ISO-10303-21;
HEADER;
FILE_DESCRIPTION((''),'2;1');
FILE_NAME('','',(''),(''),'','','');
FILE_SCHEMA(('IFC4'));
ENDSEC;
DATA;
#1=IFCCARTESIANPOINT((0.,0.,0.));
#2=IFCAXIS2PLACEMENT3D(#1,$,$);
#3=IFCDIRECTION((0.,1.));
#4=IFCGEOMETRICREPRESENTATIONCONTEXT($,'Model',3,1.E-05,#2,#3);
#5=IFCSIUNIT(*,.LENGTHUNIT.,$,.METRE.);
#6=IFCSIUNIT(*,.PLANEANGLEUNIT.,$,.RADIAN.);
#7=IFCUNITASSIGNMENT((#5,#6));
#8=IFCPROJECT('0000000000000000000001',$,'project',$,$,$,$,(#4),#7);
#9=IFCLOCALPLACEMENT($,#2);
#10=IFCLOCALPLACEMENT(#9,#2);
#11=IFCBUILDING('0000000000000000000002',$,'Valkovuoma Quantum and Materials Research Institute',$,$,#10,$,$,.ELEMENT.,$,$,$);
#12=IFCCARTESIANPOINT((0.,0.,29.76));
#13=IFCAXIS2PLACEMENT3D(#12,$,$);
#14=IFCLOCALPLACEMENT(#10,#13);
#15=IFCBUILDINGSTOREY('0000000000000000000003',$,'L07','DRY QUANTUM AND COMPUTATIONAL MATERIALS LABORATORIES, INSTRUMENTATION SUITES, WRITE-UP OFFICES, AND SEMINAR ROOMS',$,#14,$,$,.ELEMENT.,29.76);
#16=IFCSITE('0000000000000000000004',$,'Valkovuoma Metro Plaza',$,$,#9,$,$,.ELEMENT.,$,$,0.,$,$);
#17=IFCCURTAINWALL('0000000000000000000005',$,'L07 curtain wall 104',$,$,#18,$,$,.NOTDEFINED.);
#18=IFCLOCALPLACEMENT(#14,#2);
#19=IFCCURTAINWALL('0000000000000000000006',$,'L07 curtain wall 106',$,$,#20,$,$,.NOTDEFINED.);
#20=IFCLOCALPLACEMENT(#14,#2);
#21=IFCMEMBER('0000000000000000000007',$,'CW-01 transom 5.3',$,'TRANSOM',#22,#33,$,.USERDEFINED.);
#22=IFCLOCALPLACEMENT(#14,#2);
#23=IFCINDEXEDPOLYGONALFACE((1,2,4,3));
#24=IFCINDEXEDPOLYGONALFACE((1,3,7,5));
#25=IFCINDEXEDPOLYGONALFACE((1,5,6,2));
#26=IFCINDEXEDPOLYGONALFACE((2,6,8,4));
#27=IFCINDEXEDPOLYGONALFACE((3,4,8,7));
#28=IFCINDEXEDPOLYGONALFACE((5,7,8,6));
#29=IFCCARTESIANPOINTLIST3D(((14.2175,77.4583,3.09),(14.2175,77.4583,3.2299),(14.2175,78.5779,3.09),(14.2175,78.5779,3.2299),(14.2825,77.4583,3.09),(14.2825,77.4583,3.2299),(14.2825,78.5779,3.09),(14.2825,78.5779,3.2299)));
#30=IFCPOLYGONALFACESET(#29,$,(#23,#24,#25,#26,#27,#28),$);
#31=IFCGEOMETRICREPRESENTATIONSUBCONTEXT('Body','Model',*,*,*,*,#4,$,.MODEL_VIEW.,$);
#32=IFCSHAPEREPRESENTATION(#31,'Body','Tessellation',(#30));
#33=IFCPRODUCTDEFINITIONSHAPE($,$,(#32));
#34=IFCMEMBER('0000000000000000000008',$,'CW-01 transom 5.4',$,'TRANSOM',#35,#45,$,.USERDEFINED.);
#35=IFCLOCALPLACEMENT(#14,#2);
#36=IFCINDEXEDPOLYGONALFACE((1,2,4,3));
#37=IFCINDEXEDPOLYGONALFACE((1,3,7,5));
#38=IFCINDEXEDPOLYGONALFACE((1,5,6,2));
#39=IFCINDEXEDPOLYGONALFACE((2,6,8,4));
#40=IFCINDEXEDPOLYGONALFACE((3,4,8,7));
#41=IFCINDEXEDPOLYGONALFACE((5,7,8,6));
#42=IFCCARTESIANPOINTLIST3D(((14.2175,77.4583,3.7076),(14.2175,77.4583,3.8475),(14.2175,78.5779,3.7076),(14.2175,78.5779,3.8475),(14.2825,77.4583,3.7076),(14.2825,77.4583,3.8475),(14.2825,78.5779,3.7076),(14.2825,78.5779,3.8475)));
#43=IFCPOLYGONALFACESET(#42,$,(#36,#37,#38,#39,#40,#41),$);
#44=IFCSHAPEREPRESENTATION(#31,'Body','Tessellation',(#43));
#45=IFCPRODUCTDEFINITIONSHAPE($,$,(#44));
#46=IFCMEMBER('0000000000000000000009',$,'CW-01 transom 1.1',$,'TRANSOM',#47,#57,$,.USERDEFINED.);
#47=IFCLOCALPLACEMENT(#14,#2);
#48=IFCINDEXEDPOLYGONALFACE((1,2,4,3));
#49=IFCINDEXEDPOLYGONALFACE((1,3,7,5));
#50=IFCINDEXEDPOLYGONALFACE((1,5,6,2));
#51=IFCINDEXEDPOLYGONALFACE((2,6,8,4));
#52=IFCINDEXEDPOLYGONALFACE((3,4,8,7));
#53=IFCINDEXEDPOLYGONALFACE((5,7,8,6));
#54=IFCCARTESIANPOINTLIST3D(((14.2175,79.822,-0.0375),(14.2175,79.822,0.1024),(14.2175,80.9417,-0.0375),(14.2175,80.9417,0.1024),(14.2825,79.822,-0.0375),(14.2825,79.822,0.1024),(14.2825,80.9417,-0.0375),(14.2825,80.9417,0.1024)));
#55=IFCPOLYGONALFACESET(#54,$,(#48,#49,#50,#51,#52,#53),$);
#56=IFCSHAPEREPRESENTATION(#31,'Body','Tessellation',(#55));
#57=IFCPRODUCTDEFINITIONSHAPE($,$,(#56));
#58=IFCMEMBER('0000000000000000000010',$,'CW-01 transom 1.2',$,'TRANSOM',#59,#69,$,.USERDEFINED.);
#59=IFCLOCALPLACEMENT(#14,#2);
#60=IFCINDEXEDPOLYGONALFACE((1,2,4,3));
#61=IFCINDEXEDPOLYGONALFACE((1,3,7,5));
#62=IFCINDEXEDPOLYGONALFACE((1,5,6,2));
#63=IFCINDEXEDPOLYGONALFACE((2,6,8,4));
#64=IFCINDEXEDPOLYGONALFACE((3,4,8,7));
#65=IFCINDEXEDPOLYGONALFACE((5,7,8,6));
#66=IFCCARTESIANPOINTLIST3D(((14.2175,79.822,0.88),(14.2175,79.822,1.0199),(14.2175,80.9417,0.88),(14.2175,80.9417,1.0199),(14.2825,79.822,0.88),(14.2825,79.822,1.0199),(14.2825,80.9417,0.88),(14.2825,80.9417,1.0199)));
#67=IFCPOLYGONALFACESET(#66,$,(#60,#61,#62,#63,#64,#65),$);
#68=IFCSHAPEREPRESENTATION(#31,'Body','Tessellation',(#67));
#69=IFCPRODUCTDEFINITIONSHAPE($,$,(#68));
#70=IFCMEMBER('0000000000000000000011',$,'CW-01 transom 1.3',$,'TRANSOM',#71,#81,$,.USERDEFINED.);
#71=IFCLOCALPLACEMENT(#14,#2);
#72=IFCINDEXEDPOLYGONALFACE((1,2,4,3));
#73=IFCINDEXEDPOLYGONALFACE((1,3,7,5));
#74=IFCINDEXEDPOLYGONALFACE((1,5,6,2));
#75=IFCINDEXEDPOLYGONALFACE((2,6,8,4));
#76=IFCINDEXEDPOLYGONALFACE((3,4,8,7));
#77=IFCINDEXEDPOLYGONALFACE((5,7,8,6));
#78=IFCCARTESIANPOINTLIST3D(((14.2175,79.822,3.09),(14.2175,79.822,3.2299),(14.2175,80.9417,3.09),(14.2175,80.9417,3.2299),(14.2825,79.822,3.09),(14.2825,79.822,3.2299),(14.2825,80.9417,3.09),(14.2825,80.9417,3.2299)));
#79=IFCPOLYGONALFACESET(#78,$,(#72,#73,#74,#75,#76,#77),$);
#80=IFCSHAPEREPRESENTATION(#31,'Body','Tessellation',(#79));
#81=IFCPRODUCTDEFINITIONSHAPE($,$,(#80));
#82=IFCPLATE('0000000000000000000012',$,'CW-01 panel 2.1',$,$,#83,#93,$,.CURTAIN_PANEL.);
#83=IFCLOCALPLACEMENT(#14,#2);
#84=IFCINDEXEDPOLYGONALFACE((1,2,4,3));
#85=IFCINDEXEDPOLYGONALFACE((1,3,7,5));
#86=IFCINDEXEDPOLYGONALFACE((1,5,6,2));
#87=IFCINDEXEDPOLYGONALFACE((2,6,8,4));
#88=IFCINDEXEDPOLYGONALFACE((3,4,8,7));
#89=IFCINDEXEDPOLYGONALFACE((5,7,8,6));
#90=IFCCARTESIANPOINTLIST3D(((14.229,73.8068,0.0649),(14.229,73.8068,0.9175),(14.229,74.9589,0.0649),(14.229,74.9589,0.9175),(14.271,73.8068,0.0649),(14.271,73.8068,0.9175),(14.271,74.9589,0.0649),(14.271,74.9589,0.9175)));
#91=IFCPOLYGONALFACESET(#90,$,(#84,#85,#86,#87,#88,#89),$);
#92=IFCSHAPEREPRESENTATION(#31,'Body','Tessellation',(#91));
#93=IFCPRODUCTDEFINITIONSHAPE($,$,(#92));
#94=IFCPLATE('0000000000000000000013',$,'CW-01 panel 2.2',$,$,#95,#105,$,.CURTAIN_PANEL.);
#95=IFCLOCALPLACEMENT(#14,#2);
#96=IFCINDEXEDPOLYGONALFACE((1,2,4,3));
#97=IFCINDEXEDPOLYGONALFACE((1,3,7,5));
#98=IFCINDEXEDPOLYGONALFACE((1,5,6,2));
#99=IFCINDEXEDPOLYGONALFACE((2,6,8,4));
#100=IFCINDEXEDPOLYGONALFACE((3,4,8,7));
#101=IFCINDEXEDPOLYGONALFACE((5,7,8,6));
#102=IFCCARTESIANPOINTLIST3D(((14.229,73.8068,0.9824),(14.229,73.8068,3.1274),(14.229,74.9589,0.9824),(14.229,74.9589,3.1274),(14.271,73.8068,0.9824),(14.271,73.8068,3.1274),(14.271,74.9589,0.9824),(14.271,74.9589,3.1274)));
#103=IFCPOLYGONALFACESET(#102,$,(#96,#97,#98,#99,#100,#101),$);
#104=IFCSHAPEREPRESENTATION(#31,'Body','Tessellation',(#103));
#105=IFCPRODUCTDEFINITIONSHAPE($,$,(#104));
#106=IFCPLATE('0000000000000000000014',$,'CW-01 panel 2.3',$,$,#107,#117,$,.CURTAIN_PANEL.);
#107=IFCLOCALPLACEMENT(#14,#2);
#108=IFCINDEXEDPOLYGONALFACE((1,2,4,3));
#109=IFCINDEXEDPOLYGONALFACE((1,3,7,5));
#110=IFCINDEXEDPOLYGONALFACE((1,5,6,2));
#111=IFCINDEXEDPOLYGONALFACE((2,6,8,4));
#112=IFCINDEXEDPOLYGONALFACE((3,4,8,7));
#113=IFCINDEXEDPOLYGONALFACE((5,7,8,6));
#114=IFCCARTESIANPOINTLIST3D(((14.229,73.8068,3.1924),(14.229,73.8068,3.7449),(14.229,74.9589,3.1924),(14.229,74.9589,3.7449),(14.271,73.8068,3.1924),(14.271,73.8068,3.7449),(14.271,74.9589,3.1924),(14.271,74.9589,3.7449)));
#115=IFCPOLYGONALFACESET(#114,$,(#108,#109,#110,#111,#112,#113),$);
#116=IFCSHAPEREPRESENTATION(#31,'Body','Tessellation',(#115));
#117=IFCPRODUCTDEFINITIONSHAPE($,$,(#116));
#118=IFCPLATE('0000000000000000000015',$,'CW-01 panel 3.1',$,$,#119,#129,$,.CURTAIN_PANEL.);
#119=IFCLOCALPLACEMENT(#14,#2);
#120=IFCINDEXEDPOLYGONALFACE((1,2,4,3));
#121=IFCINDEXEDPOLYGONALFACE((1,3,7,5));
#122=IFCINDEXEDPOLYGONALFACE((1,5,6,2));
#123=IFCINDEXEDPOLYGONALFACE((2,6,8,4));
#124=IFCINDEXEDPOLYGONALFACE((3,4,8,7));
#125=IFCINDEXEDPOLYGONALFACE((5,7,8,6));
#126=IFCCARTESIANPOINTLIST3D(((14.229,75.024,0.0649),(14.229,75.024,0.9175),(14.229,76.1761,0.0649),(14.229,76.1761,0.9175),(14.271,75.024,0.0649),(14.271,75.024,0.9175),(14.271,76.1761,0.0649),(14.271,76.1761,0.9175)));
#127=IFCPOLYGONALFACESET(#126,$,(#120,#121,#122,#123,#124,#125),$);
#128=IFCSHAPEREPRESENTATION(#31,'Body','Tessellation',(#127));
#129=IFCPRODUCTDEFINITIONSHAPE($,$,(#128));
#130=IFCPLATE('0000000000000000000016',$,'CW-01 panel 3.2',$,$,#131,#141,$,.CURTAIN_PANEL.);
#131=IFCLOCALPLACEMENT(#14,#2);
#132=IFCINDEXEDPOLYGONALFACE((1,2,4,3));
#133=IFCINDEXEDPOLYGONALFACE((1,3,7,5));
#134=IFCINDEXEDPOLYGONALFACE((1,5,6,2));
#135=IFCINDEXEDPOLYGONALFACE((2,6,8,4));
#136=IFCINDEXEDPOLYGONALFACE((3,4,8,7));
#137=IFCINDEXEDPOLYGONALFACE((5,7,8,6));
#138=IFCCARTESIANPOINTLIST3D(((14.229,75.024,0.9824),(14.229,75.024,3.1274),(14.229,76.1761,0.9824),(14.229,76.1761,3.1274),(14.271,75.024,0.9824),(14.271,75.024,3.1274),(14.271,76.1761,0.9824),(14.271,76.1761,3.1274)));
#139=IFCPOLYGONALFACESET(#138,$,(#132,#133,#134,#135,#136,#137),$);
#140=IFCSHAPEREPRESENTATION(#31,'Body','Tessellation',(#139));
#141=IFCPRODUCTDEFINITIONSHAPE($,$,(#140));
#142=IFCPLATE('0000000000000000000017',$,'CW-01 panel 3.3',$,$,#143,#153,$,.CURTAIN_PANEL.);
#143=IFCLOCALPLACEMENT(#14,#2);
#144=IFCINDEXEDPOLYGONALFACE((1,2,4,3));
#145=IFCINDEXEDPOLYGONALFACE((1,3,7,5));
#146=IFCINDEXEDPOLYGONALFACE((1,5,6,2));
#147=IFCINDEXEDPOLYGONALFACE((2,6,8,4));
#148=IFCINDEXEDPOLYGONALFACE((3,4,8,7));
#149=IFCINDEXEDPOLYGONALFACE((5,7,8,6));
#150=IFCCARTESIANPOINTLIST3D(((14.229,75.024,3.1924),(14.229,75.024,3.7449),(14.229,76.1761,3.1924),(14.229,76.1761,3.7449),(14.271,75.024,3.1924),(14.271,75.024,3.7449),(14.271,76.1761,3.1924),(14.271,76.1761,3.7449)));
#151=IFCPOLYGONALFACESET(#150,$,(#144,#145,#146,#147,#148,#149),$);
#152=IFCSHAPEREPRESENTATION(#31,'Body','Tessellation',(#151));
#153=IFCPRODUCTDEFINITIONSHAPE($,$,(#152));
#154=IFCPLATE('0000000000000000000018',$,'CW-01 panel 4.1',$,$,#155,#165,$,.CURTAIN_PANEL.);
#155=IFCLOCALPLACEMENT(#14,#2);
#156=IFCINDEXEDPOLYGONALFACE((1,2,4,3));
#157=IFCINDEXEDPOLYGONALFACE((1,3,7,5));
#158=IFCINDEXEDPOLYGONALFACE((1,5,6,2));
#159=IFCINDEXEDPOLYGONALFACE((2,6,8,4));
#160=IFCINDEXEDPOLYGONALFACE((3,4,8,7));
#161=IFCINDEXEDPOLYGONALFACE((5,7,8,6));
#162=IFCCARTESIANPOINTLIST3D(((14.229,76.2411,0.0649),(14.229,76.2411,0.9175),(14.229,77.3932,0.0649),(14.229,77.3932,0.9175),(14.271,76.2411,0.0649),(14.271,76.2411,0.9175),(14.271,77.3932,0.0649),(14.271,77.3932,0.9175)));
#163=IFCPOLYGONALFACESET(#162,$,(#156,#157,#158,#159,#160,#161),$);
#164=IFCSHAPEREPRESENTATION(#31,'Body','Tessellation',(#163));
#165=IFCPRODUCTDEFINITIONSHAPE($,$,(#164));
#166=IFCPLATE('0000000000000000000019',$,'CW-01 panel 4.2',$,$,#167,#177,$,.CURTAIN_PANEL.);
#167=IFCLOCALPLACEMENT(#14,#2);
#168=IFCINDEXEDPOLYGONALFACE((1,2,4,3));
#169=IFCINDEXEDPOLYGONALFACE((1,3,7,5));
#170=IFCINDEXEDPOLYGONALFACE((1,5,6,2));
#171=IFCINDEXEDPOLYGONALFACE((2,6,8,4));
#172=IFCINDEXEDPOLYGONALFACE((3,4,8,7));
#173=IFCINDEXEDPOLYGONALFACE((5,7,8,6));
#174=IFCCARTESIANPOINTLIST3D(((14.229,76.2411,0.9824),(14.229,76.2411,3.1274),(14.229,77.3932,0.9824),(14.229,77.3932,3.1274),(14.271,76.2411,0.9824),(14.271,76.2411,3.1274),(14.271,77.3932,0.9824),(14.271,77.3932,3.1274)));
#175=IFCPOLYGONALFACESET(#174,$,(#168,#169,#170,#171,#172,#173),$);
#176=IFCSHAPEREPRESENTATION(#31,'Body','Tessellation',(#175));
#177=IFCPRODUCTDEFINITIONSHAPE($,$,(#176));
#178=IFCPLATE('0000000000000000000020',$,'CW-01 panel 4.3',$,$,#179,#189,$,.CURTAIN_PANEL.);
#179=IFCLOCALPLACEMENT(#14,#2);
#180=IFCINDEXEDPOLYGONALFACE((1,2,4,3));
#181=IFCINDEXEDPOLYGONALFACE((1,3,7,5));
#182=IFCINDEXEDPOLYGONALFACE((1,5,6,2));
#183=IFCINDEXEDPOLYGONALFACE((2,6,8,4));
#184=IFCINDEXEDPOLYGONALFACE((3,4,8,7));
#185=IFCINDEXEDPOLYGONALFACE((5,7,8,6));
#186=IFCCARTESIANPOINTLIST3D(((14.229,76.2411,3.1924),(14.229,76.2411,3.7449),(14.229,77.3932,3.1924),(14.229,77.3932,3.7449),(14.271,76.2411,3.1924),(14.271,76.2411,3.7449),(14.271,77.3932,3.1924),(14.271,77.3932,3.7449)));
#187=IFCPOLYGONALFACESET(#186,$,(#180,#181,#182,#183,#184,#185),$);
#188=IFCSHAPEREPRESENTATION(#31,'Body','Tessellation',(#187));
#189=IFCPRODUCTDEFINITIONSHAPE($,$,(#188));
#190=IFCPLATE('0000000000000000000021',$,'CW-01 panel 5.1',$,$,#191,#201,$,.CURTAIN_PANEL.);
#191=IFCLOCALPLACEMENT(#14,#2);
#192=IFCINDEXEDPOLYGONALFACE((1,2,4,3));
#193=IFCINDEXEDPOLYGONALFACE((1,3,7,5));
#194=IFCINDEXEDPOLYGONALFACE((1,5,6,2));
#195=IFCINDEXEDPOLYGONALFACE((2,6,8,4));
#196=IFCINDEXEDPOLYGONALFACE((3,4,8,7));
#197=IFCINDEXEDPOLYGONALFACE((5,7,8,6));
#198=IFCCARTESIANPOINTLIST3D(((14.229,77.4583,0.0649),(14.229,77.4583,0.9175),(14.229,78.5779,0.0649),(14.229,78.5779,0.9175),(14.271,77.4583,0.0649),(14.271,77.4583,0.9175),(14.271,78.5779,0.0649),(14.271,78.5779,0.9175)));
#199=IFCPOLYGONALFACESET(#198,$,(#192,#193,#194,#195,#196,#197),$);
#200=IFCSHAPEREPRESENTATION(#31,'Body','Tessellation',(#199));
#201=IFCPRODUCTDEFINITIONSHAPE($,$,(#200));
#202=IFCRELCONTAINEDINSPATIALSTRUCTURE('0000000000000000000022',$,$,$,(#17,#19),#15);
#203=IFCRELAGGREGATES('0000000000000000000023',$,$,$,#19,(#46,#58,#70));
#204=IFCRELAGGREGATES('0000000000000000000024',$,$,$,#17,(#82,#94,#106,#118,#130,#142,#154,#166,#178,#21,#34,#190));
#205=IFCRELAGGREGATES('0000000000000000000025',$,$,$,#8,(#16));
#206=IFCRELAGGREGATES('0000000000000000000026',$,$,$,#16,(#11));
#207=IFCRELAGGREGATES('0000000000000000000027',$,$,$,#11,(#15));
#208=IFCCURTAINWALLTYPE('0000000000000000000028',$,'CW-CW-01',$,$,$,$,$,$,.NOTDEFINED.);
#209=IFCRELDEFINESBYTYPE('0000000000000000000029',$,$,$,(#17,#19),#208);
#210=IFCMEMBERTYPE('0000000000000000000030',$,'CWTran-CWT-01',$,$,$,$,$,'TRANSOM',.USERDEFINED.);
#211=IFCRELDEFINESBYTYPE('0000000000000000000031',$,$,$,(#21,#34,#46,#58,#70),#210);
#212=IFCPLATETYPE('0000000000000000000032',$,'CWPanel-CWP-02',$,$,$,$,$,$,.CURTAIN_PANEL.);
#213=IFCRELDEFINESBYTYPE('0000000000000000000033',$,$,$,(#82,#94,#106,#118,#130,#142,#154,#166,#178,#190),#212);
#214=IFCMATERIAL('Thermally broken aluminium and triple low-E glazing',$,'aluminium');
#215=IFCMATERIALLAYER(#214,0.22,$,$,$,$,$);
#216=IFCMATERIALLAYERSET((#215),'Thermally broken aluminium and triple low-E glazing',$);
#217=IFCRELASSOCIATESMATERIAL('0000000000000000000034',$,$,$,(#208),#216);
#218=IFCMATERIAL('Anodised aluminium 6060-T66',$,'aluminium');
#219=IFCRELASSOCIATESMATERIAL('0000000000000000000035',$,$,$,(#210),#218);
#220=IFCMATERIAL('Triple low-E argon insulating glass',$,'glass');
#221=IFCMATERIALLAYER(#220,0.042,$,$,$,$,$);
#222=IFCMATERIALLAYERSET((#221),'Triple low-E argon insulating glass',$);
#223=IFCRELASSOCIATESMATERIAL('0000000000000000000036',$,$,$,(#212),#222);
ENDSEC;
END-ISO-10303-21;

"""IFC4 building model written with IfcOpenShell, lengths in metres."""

from ifc_helpers import new_model, si_unit, direction, frame, origin, origin_2d, place, context, subcontext, project, spatial, rectangle, extrude, material, layer, layer_set, material_profile, profile_set, type_object, element, aggregate, save


model = new_model("IFC4")

# Units and contexts
model_context = context("Model", 3, precision=1e-05, world=origin(), true_north=direction((0.0, 1.0)))
body_context = subcontext(model_context, "Body", "Model", "MODEL_VIEW")
ifc_project = project(units=[si_unit("LENGTHUNIT", "METRE"), si_unit("PLANEANGLEUNIT", "RADIAN")], contexts=[model_context])

# Site, building, storey
site_placement = place(None, origin())
site = spatial("IfcSite", under=ifc_project, at=site_placement, Name="Valkovuoma Metro Plaza", CompositionType="ELEMENT", RefElevation=0.0)
building_placement = place(site_placement, origin())
building = spatial("IfcBuilding", under=site, at=building_placement, Name="Valkovuoma Quantum and Materials Research Institute", CompositionType="ELEMENT")
storey_placement = place(building_placement, frame((0.0, 0.0, 29.76)))
storey = spatial("IfcBuildingStorey", under=building, at=storey_placement, Name="L07", Description="DRY QUANTUM AND COMPUTATIONAL MATERIALS LABORATORIES, INSTRUMENTATION SUITES, WRITE-UP OFFICES, AND SEMINAR ROOMS", CompositionType="ELEMENT", Elevation=29.76)

# Curtain wall
ifc_material_1 = material(Name="Thermally broken aluminium and triple low-E glazing", Category="aluminium")
ifc_layer_1 = layer(ifc_material_1, 0.22)
ifc_layer_set_1 = layer_set([ifc_layer_1], Name="Thermally broken aluminium and triple low-E glazing")
curtain_wall_type = type_object("IfcCurtainWallType", Name="CW-CW-01", PredefinedType="NOTDEFINED", material=ifc_layer_set_1)
curtain_wall_1_placement = place(storey_placement, origin())
curtain_wall_1 = element("IfcCurtainWall", 1, at=curtain_wall_1_placement, inside=storey, type_object=curtain_wall_type, Name="L07 curtain wall 104", PredefinedType="NOTDEFINED")

# Curtain wall
curtain_wall_2_placement = place(storey_placement, origin())
curtain_wall_2 = element("IfcCurtainWall", 2, at=curtain_wall_2_placement, inside=storey, type_object=curtain_wall_type, Name="L07 curtain wall 106", PredefinedType="NOTDEFINED")

# Members
ifc_material_2 = material(Name="Anodised aluminium 6060-T66", Category="aluminium")
ifc_material_profile_1 = material_profile(ifc_material_2, rectangle(XDim=0.0649, YDim=0.1399, at=origin_2d()), Name="Anodised aluminium 6060-T66")
ifc_profile_set_1 = profile_set([ifc_material_profile_1], Name="Anodised aluminium 6060-T66")
member_type_1 = type_object("IfcMemberType", Name="CWTran-CWT-01", ElementType="TRANSOM", PredefinedType="USERDEFINED", material=ifc_profile_set_1)
member_1_placement = place(storey_placement, frame((14.25, 77.4583, 3.1599), z_axis=(0.0, 1.0, 0.0), x_axis=(-1.0, 0.0, 0.0)))
member_1 = element("IfcMember", 3, at=member_1_placement, type_object=member_type_1, Name="CW-01 transom 5.3", ObjectType="TRANSOM", PredefinedType="USERDEFINED", context=body_context, shape_type="SweptSolid", body=[
    extrude(rectangle(XDim=0.0649, YDim=0.1399, at=origin_2d()), origin(), (0.0, 0.0, 1.0), 1.1196),
])
member_2_placement = place(storey_placement, frame((14.25, 77.4583, 3.7776), z_axis=(0.0, 1.0, 0.0), x_axis=(-1.0, 0.0, 0.0)))
member_2 = element("IfcMember", 4, at=member_2_placement, type_object=member_type_1, Name="CW-01 transom 5.4", ObjectType="TRANSOM", PredefinedType="USERDEFINED", context=body_context, shape_type="SweptSolid", body=[
    extrude(rectangle(XDim=0.0649, YDim=0.1399, at=origin_2d()), origin(), (0.0, 0.0, 1.0), 1.1196),
])
member_3_placement = place(storey_placement, frame((14.25, 79.822, 0.0325), z_axis=(0.0, 1.0, 0.0), x_axis=(-1.0, 0.0, 0.0)))
member_3 = element("IfcMember", 5, at=member_3_placement, type_object=member_type_1, Name="CW-01 transom 1.1", ObjectType="TRANSOM", PredefinedType="USERDEFINED", context=body_context, shape_type="SweptSolid", body=[
    extrude(rectangle(XDim=0.0649, YDim=0.1399, at=origin_2d()), origin(), (0.0, 0.0, 1.0), 1.1196),
])
member_4_placement = place(storey_placement, frame((14.25, 79.822, 0.95), z_axis=(0.0, 1.0, 0.0), x_axis=(-1.0, 0.0, 0.0)))
member_4 = element("IfcMember", 6, at=member_4_placement, type_object=member_type_1, Name="CW-01 transom 1.2", ObjectType="TRANSOM", PredefinedType="USERDEFINED", context=body_context, shape_type="SweptSolid", body=[
    extrude(rectangle(XDim=0.0649, YDim=0.1399, at=origin_2d()), origin(), (0.0, 0.0, 1.0), 1.1196),
])
member_5_placement = place(storey_placement, frame((14.25, 79.822, 3.1599), z_axis=(0.0, 1.0, 0.0), x_axis=(-1.0, 0.0, 0.0)))
member_5 = element("IfcMember", 7, at=member_5_placement, type_object=member_type_1, Name="CW-01 transom 1.3", ObjectType="TRANSOM", PredefinedType="USERDEFINED", context=body_context, shape_type="SweptSolid", body=[
    extrude(rectangle(XDim=0.0649, YDim=0.1399, at=origin_2d()), origin(), (0.0, 0.0, 1.0), 1.1196),
])
aggregate(curtain_wall_2, [member_3, member_4, member_5])

# Plates
ifc_material_3 = material(Name="Triple low-E argon insulating glass", Category="glass")
ifc_layer_2 = layer(ifc_material_3, 0.042)
ifc_layer_set_2 = layer_set([ifc_layer_2], Name="Triple low-E argon insulating glass")
plate_type = type_object("IfcPlateType", Name="CWPanel-CWP-02", PredefinedType="CURTAIN_PANEL", material=ifc_layer_set_2)
plate_1_placement = place(storey_placement, frame((14.25, 74.3828, 0.0649), z_axis=(0.0, 0.0, 1.0), x_axis=(0.0, 1.0, 0.0)))
plate_1 = element("IfcPlate", 8, at=plate_1_placement, type_object=plate_type, Name="CW-01 panel 2.1", PredefinedType="CURTAIN_PANEL", context=body_context, shape_type="SweptSolid", body=[
    extrude(rectangle(XDim=1.1521, YDim=0.042, at=origin_2d()), origin(), (0.0, 0.0, 1.0), 0.8525),
])
plate_2_placement = place(storey_placement, frame((14.25, 74.3828, 0.9824), z_axis=(0.0, 0.0, 1.0), x_axis=(0.0, 1.0, 0.0)))
plate_2 = element("IfcPlate", 9, at=plate_2_placement, type_object=plate_type, Name="CW-01 panel 2.2", PredefinedType="CURTAIN_PANEL", context=body_context, shape_type="SweptSolid", body=[
    extrude(rectangle(XDim=1.1521, YDim=0.042, at=origin_2d()), origin(), (0.0, 0.0, 1.0), 2.145),
])
plate_3_placement = place(storey_placement, frame((14.25, 74.3828, 3.1924), z_axis=(0.0, 0.0, 1.0), x_axis=(0.0, 1.0, 0.0)))
plate_3 = element("IfcPlate", 10, at=plate_3_placement, type_object=plate_type, Name="CW-01 panel 2.3", PredefinedType="CURTAIN_PANEL", context=body_context, shape_type="SweptSolid", body=[
    extrude(rectangle(XDim=1.1521, YDim=0.042, at=origin_2d()), origin(), (0.0, 0.0, 1.0), 0.5525),
])
plate_4_placement = place(storey_placement, frame((14.25, 75.6001, 0.0649), z_axis=(0.0, 0.0, 1.0), x_axis=(0.0, 1.0, 0.0)))
plate_4 = element("IfcPlate", 11, at=plate_4_placement, type_object=plate_type, Name="CW-01 panel 3.1", PredefinedType="CURTAIN_PANEL", context=body_context, shape_type="SweptSolid", body=[
    extrude(rectangle(XDim=1.1521, YDim=0.042, at=origin_2d()), origin(), (0.0, 0.0, 1.0), 0.8525),
])
plate_5_placement = place(storey_placement, frame((14.25, 75.6001, 0.9824), z_axis=(0.0, 0.0, 1.0), x_axis=(0.0, 1.0, 0.0)))
plate_5 = element("IfcPlate", 12, at=plate_5_placement, type_object=plate_type, Name="CW-01 panel 3.2", PredefinedType="CURTAIN_PANEL", context=body_context, shape_type="SweptSolid", body=[
    extrude(rectangle(XDim=1.1521, YDim=0.042, at=origin_2d()), origin(), (0.0, 0.0, 1.0), 2.145),
])
plate_6_placement = place(storey_placement, frame((14.25, 75.6001, 3.1924), z_axis=(0.0, 0.0, 1.0), x_axis=(0.0, 1.0, 0.0)))
plate_6 = element("IfcPlate", 13, at=plate_6_placement, type_object=plate_type, Name="CW-01 panel 3.3", PredefinedType="CURTAIN_PANEL", context=body_context, shape_type="SweptSolid", body=[
    extrude(rectangle(XDim=1.1521, YDim=0.042, at=origin_2d()), origin(), (0.0, 0.0, 1.0), 0.5525),
])
plate_7_placement = place(storey_placement, frame((14.25, 76.8171, 0.0649), z_axis=(0.0, 0.0, 1.0), x_axis=(0.0, 1.0, 0.0)))
plate_7 = element("IfcPlate", 14, at=plate_7_placement, type_object=plate_type, Name="CW-01 panel 4.1", PredefinedType="CURTAIN_PANEL", context=body_context, shape_type="SweptSolid", body=[
    extrude(rectangle(XDim=1.1521, YDim=0.042, at=origin_2d()), origin(), (0.0, 0.0, 1.0), 0.8525),
])
plate_8_placement = place(storey_placement, frame((14.25, 76.8171, 0.9824), z_axis=(0.0, 0.0, 1.0), x_axis=(0.0, 1.0, 0.0)))
plate_8 = element("IfcPlate", 15, at=plate_8_placement, type_object=plate_type, Name="CW-01 panel 4.2", PredefinedType="CURTAIN_PANEL", context=body_context, shape_type="SweptSolid", body=[
    extrude(rectangle(XDim=1.1521, YDim=0.042, at=origin_2d()), origin(), (0.0, 0.0, 1.0), 2.145),
])
plate_9_placement = place(storey_placement, frame((14.25, 76.8171, 3.1924), z_axis=(0.0, 0.0, 1.0), x_axis=(0.0, 1.0, 0.0)))
plate_9 = element("IfcPlate", 16, at=plate_9_placement, type_object=plate_type, Name="CW-01 panel 4.3", PredefinedType="CURTAIN_PANEL", context=body_context, shape_type="SweptSolid", body=[
    extrude(rectangle(XDim=1.1521, YDim=0.042, at=origin_2d()), origin(), (0.0, 0.0, 1.0), 0.5525),
])
plate_10_placement = place(storey_placement, frame((14.25, 78.0181, 0.0649), z_axis=(0.0, 0.0, 1.0), x_axis=(0.0, 1.0, 0.0)))
plate_10 = element("IfcPlate", 17, at=plate_10_placement, type_object=plate_type, Name="CW-01 panel 5.1", PredefinedType="CURTAIN_PANEL", context=body_context, shape_type="SweptSolid", body=[
    extrude(rectangle(XDim=1.1196, YDim=0.042, at=origin_2d()), origin(), (0.0, 0.0, 1.0), 0.8525),
])
aggregate(curtain_wall_1, [plate_1, plate_2, plate_3, plate_4, plate_5, plate_6, plate_7, plate_8, plate_9, member_1, member_2, plate_10])

save(model, "model.ifc")
